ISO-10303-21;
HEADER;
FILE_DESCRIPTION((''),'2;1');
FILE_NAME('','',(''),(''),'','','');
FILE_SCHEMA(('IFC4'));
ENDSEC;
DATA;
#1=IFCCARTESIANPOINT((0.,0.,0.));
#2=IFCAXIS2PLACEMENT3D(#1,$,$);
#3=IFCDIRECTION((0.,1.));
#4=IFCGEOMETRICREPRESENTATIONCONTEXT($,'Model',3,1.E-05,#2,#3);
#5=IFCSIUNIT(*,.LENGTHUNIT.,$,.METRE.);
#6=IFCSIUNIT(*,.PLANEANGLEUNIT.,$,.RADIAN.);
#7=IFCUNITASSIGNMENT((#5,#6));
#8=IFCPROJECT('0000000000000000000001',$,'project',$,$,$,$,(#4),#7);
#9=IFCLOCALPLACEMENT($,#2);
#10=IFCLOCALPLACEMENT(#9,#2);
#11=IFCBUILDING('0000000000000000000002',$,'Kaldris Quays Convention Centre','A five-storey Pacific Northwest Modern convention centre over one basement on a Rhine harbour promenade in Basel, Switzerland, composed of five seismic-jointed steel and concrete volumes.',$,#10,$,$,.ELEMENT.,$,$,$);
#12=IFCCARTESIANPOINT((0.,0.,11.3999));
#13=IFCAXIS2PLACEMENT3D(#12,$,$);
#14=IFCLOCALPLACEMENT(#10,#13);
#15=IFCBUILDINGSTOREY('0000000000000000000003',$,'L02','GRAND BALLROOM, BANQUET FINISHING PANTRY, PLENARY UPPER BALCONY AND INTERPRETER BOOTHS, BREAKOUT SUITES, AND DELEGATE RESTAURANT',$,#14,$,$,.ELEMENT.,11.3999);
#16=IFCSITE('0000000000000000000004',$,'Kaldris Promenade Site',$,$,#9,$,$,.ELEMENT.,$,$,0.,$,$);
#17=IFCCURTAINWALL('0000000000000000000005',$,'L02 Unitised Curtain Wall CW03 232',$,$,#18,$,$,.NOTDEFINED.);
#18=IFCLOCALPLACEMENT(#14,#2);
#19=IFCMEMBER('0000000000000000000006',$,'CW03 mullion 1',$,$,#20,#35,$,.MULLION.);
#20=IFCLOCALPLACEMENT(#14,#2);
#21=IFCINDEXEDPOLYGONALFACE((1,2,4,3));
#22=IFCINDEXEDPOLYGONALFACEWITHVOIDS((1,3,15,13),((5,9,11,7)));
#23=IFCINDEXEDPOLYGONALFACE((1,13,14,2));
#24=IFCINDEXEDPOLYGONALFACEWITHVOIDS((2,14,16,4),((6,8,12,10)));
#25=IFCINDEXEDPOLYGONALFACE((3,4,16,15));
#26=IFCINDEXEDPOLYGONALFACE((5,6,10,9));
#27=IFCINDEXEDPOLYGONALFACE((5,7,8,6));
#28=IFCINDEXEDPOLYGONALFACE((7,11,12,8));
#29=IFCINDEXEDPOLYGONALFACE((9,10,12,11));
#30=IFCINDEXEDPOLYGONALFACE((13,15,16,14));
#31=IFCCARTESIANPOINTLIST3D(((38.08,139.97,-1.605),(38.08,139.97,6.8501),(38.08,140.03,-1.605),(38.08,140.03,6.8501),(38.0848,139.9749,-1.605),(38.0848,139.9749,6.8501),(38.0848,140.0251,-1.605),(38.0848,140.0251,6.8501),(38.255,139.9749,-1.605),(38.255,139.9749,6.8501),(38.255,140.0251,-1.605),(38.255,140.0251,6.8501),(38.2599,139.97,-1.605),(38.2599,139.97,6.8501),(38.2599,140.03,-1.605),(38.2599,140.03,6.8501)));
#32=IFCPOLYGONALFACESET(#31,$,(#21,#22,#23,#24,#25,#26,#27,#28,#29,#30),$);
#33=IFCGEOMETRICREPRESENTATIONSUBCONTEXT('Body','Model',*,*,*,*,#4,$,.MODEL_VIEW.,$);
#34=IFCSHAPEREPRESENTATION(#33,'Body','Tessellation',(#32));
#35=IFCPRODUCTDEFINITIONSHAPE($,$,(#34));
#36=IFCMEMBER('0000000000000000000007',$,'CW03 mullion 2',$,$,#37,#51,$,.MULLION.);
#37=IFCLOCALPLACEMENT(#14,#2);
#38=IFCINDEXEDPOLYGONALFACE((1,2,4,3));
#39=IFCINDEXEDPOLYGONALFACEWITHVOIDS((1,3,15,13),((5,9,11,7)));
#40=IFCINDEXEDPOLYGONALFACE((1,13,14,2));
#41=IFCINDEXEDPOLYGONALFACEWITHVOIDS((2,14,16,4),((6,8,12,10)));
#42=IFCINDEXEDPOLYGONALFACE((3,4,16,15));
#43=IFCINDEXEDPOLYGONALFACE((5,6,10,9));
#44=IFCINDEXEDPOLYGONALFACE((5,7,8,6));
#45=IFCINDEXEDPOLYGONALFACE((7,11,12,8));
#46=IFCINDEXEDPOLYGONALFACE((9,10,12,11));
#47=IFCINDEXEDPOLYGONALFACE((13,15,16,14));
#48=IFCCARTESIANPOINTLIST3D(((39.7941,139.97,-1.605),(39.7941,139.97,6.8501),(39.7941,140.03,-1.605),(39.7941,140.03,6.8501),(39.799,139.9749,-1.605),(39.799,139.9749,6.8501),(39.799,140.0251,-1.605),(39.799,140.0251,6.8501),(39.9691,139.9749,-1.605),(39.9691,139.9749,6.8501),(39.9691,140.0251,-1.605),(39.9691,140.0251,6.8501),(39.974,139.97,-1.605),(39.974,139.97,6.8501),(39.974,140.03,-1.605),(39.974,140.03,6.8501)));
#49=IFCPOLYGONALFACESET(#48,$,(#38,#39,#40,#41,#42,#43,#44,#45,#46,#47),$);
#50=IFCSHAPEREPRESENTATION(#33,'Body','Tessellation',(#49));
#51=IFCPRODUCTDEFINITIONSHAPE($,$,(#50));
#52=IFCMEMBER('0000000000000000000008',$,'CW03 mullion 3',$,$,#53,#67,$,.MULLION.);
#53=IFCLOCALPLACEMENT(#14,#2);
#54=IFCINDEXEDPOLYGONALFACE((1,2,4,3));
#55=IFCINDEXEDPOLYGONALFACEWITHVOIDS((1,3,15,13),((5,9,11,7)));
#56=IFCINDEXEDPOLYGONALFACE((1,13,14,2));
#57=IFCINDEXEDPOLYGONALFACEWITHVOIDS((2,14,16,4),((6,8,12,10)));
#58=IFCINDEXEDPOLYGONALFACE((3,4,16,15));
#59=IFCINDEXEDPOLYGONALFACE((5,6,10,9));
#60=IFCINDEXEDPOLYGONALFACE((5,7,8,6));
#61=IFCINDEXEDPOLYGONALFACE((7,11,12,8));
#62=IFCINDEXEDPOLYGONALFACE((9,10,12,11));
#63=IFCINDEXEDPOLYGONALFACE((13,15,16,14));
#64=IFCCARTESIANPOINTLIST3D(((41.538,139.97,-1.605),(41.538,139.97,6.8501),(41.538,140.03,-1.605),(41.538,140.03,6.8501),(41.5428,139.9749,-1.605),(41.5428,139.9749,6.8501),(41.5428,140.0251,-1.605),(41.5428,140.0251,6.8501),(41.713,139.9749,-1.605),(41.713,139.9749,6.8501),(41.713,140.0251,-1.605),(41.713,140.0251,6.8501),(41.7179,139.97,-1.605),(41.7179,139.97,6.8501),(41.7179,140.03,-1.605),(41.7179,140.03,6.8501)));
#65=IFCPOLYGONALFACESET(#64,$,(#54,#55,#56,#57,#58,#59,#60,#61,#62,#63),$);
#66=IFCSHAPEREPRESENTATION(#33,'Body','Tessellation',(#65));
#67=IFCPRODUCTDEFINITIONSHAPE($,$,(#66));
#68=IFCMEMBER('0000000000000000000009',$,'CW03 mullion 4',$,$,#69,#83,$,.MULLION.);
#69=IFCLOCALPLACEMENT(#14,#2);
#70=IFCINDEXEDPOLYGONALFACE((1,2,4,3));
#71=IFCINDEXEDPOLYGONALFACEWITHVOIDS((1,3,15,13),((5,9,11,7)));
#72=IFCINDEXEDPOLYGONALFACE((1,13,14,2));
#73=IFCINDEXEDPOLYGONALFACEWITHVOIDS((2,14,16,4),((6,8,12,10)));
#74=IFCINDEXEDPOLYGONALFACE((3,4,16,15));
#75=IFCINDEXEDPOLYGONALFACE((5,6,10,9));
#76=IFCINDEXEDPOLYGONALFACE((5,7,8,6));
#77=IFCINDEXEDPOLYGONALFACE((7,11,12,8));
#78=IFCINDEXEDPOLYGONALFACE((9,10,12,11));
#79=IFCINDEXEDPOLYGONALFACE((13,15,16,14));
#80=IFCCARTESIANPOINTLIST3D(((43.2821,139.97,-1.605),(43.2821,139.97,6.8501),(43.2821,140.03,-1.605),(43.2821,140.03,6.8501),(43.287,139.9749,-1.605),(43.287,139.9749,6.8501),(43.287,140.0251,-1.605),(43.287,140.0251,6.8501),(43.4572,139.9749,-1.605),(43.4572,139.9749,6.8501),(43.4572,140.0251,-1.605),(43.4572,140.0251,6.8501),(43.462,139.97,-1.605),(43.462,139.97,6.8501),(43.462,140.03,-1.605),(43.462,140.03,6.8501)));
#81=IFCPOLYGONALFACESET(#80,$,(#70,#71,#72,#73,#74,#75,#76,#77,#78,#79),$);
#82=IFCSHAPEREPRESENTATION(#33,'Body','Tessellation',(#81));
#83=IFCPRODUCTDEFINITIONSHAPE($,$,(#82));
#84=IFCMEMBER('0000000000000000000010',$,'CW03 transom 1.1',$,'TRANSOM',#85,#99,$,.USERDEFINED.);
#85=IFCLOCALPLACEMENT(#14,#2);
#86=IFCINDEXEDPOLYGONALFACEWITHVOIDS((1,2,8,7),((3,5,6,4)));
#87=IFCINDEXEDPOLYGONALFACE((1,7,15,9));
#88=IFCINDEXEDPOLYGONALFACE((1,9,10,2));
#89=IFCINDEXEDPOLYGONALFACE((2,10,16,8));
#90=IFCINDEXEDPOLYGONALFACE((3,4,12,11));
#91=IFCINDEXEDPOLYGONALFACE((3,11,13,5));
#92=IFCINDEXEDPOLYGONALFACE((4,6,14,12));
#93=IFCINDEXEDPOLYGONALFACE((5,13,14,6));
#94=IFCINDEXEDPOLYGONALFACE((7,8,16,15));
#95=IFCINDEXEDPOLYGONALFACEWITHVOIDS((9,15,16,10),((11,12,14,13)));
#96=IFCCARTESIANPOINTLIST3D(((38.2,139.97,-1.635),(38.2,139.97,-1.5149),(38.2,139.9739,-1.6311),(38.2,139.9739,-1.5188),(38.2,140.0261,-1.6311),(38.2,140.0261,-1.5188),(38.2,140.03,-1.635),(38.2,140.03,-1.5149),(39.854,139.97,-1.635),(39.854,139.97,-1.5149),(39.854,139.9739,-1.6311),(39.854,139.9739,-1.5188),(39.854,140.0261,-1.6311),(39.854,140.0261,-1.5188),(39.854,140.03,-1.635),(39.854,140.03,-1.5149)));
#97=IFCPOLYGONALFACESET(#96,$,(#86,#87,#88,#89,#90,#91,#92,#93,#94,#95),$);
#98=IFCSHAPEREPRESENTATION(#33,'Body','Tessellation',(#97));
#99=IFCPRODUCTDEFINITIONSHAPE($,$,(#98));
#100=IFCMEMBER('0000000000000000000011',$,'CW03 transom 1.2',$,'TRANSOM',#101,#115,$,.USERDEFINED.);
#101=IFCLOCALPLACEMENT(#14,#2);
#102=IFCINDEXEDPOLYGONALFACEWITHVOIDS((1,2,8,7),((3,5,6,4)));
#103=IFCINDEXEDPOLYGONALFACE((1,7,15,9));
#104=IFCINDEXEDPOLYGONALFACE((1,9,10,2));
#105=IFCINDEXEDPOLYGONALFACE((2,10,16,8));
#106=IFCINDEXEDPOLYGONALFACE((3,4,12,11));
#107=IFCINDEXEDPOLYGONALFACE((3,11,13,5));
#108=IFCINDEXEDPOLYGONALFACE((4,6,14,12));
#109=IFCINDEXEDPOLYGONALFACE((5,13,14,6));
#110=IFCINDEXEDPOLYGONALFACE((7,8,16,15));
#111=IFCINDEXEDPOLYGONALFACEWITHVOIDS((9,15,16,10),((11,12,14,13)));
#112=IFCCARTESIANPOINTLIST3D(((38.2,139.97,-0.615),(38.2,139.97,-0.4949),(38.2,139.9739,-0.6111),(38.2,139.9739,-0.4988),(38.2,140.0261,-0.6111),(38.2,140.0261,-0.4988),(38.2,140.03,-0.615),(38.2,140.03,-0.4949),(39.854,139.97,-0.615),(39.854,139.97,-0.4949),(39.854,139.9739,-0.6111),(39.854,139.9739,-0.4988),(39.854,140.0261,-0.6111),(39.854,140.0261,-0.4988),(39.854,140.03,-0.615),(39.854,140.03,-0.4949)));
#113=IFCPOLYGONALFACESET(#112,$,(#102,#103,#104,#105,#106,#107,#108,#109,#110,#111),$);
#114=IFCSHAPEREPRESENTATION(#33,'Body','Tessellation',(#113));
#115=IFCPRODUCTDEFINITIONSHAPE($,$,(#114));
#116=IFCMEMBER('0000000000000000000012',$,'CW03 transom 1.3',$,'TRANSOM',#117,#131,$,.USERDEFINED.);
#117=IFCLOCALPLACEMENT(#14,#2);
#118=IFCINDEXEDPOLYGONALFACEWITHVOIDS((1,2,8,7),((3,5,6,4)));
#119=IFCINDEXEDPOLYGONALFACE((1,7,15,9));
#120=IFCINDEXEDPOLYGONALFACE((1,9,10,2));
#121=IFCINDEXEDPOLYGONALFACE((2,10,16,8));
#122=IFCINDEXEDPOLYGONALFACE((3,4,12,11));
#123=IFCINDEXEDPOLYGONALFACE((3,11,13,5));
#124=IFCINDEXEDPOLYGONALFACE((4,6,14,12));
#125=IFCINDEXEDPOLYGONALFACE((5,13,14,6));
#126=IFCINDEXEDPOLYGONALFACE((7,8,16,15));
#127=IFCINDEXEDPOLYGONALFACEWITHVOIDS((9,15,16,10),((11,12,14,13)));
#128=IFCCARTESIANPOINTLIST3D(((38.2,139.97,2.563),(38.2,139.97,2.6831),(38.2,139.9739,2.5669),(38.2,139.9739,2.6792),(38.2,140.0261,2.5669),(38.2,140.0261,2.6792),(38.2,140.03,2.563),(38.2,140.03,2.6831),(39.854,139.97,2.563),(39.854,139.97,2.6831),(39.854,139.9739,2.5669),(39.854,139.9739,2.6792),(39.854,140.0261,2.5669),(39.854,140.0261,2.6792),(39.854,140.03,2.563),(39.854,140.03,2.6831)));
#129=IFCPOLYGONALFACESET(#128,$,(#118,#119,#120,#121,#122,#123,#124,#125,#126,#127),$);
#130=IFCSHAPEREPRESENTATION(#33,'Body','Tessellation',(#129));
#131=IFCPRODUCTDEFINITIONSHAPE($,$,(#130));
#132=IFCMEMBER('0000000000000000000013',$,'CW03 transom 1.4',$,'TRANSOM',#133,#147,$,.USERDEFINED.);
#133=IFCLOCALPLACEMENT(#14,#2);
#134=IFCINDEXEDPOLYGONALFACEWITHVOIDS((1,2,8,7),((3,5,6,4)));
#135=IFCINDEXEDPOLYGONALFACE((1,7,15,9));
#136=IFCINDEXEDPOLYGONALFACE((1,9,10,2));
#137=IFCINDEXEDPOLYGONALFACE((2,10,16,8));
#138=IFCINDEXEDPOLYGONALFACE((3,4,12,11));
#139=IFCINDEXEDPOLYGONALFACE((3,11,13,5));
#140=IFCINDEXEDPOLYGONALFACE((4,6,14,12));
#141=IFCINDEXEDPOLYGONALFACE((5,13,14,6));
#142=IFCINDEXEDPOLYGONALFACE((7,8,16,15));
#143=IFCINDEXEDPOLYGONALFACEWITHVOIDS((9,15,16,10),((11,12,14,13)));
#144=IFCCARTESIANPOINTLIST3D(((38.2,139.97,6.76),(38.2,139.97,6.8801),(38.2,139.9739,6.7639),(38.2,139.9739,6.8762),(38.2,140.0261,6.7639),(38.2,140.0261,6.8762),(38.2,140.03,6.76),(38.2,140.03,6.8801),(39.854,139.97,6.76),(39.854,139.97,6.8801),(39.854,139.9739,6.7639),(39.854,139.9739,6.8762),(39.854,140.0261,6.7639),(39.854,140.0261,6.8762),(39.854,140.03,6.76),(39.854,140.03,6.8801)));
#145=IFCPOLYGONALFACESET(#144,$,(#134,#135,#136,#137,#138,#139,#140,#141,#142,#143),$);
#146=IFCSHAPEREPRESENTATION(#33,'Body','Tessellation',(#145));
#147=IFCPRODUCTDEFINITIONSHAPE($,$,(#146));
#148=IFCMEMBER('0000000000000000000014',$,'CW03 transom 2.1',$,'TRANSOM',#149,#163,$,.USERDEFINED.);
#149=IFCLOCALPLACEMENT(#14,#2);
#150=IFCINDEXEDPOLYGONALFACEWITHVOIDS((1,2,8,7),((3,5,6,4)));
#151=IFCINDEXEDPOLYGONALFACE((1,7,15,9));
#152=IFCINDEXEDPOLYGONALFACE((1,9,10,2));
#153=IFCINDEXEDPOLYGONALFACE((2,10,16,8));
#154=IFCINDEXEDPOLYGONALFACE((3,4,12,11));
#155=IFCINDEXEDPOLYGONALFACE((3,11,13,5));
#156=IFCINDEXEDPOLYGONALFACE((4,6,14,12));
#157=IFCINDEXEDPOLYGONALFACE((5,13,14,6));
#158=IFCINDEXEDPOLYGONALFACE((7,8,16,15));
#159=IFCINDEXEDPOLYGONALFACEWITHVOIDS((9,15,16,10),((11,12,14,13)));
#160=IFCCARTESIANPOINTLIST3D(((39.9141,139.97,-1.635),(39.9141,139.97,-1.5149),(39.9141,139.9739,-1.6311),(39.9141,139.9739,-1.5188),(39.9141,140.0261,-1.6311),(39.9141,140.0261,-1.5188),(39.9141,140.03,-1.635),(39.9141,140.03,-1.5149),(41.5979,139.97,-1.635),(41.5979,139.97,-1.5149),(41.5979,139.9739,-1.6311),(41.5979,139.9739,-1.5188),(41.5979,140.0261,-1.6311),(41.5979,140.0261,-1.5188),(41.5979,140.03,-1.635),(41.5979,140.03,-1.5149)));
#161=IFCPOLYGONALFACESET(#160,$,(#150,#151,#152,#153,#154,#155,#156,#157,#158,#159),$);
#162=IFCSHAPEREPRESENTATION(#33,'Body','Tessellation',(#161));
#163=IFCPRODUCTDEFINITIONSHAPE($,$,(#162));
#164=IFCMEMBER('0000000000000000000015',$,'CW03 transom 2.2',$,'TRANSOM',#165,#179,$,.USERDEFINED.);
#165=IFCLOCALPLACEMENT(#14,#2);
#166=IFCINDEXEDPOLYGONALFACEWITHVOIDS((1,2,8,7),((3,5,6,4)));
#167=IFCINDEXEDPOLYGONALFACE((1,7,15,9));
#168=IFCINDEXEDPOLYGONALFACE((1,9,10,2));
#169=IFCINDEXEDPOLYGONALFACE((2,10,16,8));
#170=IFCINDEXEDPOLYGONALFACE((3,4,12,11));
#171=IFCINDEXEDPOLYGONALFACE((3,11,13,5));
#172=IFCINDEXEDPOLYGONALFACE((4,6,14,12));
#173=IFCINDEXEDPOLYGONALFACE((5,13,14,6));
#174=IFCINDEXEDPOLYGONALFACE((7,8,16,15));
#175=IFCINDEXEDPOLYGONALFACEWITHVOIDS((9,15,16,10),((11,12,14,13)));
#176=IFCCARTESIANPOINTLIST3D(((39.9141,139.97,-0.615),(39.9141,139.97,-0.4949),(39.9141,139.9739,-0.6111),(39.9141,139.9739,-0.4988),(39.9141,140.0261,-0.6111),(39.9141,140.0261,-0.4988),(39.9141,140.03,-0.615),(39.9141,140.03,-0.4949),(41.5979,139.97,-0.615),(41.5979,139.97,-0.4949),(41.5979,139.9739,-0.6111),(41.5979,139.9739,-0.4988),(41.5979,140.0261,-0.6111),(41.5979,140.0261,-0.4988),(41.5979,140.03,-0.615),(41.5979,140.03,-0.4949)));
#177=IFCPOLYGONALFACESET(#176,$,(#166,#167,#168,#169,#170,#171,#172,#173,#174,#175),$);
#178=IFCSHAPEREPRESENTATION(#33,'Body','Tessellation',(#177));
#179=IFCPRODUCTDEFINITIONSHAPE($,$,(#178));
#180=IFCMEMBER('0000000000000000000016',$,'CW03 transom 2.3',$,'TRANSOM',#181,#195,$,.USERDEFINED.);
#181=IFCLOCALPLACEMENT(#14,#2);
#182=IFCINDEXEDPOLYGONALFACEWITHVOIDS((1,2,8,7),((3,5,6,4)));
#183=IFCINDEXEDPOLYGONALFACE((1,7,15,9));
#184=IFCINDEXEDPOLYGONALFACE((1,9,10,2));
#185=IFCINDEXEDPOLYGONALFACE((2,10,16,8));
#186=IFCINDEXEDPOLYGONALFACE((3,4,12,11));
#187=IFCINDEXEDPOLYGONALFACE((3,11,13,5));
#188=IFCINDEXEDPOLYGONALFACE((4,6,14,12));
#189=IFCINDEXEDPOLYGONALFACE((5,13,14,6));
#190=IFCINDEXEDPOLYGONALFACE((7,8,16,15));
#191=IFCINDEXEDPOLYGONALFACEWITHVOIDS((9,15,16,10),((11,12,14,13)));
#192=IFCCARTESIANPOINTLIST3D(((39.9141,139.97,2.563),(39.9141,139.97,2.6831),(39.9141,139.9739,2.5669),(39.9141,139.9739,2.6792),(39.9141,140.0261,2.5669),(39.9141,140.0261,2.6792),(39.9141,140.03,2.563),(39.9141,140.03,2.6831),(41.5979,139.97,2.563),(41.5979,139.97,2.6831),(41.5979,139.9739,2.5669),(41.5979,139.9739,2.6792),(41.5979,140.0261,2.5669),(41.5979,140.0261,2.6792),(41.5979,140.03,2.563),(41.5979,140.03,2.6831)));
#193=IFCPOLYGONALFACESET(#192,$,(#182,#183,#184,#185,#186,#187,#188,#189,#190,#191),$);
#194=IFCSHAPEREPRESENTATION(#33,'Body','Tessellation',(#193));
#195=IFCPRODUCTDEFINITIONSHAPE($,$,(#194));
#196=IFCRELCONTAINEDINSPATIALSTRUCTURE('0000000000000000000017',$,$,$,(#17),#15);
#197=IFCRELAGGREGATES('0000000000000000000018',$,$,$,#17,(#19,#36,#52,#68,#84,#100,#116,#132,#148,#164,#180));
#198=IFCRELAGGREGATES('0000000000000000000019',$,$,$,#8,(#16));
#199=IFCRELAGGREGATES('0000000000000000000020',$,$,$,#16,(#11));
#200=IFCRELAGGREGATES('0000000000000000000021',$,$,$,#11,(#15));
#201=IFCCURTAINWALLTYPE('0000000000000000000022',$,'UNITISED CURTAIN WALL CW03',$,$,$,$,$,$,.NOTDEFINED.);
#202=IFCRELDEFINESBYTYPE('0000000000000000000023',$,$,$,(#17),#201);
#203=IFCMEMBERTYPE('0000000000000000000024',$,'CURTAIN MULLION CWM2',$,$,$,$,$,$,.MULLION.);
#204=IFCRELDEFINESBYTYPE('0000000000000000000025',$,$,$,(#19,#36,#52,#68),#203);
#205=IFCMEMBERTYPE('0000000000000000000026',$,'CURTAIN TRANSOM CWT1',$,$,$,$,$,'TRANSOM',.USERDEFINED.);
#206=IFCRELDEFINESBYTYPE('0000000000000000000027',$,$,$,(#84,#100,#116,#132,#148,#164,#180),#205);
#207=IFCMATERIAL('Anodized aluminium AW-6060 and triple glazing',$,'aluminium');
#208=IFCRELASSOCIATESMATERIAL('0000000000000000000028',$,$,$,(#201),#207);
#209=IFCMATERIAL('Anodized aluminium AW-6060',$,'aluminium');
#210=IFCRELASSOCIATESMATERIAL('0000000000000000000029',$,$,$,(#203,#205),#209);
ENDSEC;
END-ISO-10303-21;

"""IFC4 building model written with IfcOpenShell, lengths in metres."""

from ifc_helpers import new_model, si_unit, direction, frame, origin, origin_2d, place, context, subcontext, project, spatial, hollow_rectangle, extrude, material, material_profile, profile_set, type_object, element, aggregate, save


model = new_model("IFC4")

# Units and contexts
model_context = context("Model", 3, precision=1e-05, world=origin(), true_north=direction((0.0, 1.0)))
body_context = subcontext(model_context, "Body", "Model", "MODEL_VIEW")
ifc_project = project(units=[si_unit("LENGTHUNIT", "METRE"), si_unit("PLANEANGLEUNIT", "RADIAN")], contexts=[model_context])

# Site, building, storey
site_placement = place(None, origin())
site = spatial("IfcSite", under=ifc_project, at=site_placement, Name="Kaldris Promenade Site", CompositionType="ELEMENT", RefElevation=0.0)
building_placement = place(site_placement, origin())
building = spatial("IfcBuilding", under=site, at=building_placement, Name="Kaldris Quays Convention Centre", Description="A five-storey Pacific Northwest Modern convention centre over one basement on a Rhine harbour promenade in Basel, Switzerland, composed of five seismic-jointed steel and concrete volumes.", CompositionType="ELEMENT")
storey_placement = place(building_placement, frame((0.0, 0.0, 11.3999)))
storey = spatial("IfcBuildingStorey", under=building, at=storey_placement, Name="L02", Description="GRAND BALLROOM, BANQUET FINISHING PANTRY, PLENARY UPPER BALCONY AND INTERPRETER BOOTHS, BREAKOUT SUITES, AND DELEGATE RESTAURANT", CompositionType="ELEMENT", Elevation=11.3999)

# Curtain wall, members
ifc_material_1 = material(Name="Anodized aluminium AW-6060 and triple glazing", Category="aluminium")
curtain_wall_type = type_object("IfcCurtainWallType", Name="UNITISED CURTAIN WALL CW03", PredefinedType="NOTDEFINED", material=ifc_material_1)
curtain_wall_placement = place(storey_placement, origin())
curtain_wall = element("IfcCurtainWall", 1, at=curtain_wall_placement, inside=storey, type_object=curtain_wall_type, Name="L02 Unitised Curtain Wall CW03 232", PredefinedType="NOTDEFINED")
ifc_material_2 = material(Name="Anodized aluminium AW-6060", Category="aluminium")
ifc_material_profile_1 = material_profile(ifc_material_2, hollow_rectangle(XDim=0.0601, YDim=0.1799, WallThickness=0.0049, at=origin_2d()), Name="RHS 180x60x5")
ifc_profile_set_1 = profile_set([ifc_material_profile_1], Name="Anodized aluminium AW-6060")
member_type_1 = type_object("IfcMemberType", Name="CURTAIN MULLION CWM2", PredefinedType="MULLION", material=ifc_profile_set_1)
member_1_placement = place(storey_placement, frame((38.1699, 140.0, -1.605), z_axis=(0.0, 0.0, 1.0), x_axis=(0.0, 1.0, 0.0)))
member_1 = element("IfcMember", 2, at=member_1_placement, type_object=member_type_1, Name="CW03 mullion 1", PredefinedType="MULLION", context=body_context, shape_type="SweptSolid", body=[
    extrude(hollow_rectangle(XDim=0.0601, YDim=0.1799, WallThickness=0.0049, at=origin_2d()), origin(), (0.0, 0.0, 1.0), 8.4551),
])
member_2_placement = place(storey_placement, frame((39.884, 140.0, -1.605), z_axis=(0.0, 0.0, 1.0), x_axis=(0.0, 1.0, 0.0)))
member_2 = element("IfcMember", 3, at=member_2_placement, type_object=member_type_1, Name="CW03 mullion 2", PredefinedType="MULLION", context=body_context, shape_type="SweptSolid", body=[
    extrude(hollow_rectangle(XDim=0.0601, YDim=0.1799, WallThickness=0.0049, at=origin_2d()), origin(), (0.0, 0.0, 1.0), 8.4551),
])
member_3_placement = place(storey_placement, frame((41.6279, 140.0, -1.605), z_axis=(0.0, 0.0, 1.0), x_axis=(0.0, 1.0, 0.0)))
member_3 = element("IfcMember", 4, at=member_3_placement, type_object=member_type_1, Name="CW03 mullion 3", PredefinedType="MULLION", context=body_context, shape_type="SweptSolid", body=[
    extrude(hollow_rectangle(XDim=0.0601, YDim=0.1799, WallThickness=0.0049, at=origin_2d()), origin(), (0.0, 0.0, 1.0), 8.4551),
])
member_4_placement = place(storey_placement, frame((43.3721, 140.0, -1.605), z_axis=(0.0, 0.0, 1.0), x_axis=(0.0, 1.0, 0.0)))
member_4 = element("IfcMember", 5, at=member_4_placement, type_object=member_type_1, Name="CW03 mullion 4", PredefinedType="MULLION", context=body_context, shape_type="SweptSolid", body=[
    extrude(hollow_rectangle(XDim=0.0601, YDim=0.1799, WallThickness=0.0049, at=origin_2d()), origin(), (0.0, 0.0, 1.0), 8.4551),
])
ifc_material_profile_2 = material_profile(ifc_material_2, hollow_rectangle(XDim=0.0601, YDim=0.1201, WallThickness=0.0039, at=origin_2d()), Name="RHS 120x60x4")
ifc_profile_set_2 = profile_set([ifc_material_profile_2], Name="Anodized aluminium AW-6060")
member_type_2 = type_object("IfcMemberType", Name="CURTAIN TRANSOM CWT1", ElementType="TRANSOM", PredefinedType="USERDEFINED", material=ifc_profile_set_2)
member_5_placement = place(storey_placement, frame((38.2, 140.0, -1.575), z_axis=(1.0, 0.0, 0.0), x_axis=(0.0, 1.0, 0.0)))
member_5 = element("IfcMember", 6, at=member_5_placement, type_object=member_type_2, Name="CW03 transom 1.1", ObjectType="TRANSOM", PredefinedType="USERDEFINED", context=body_context, shape_type="SweptSolid", body=[
    extrude(hollow_rectangle(XDim=0.0601, YDim=0.1201, WallThickness=0.0039, at=origin_2d()), origin(), (0.0, 0.0, 1.0), 1.6541),
])
member_6_placement = place(storey_placement, frame((38.2, 140.0, -0.5549), z_axis=(1.0, 0.0, 0.0), x_axis=(0.0, 1.0, 0.0)))
member_6 = element("IfcMember", 7, at=member_6_placement, type_object=member_type_2, Name="CW03 transom 1.2", ObjectType="TRANSOM", PredefinedType="USERDEFINED", context=body_context, shape_type="SweptSolid", body=[
    extrude(hollow_rectangle(XDim=0.0601, YDim=0.1201, WallThickness=0.0039, at=origin_2d()), origin(), (0.0, 0.0, 1.0), 1.6541),
])
member_7_placement = place(storey_placement, frame((38.2, 140.0, 2.623), z_axis=(1.0, 0.0, 0.0), x_axis=(0.0, 1.0, 0.0)))
member_7 = element("IfcMember", 8, at=member_7_placement, type_object=member_type_2, Name="CW03 transom 1.3", ObjectType="TRANSOM", PredefinedType="USERDEFINED", context=body_context, shape_type="SweptSolid", body=[
    extrude(hollow_rectangle(XDim=0.0601, YDim=0.1201, WallThickness=0.0039, at=origin_2d()), origin(), (0.0, 0.0, 1.0), 1.6541),
])
member_8_placement = place(storey_placement, frame((38.2, 140.0, 6.8201), z_axis=(1.0, 0.0, 0.0), x_axis=(0.0, 1.0, 0.0)))
member_8 = element("IfcMember", 9, at=member_8_placement, type_object=member_type_2, Name="CW03 transom 1.4", ObjectType="TRANSOM", PredefinedType="USERDEFINED", context=body_context, shape_type="SweptSolid", body=[
    extrude(hollow_rectangle(XDim=0.0601, YDim=0.1201, WallThickness=0.0039, at=origin_2d()), origin(), (0.0, 0.0, 1.0), 1.6541),
])
member_9_placement = place(storey_placement, frame((39.9141, 140.0, -1.575), z_axis=(1.0, 0.0, 0.0), x_axis=(0.0, 1.0, 0.0)))
member_9 = element("IfcMember", 10, at=member_9_placement, type_object=member_type_2, Name="CW03 transom 2.1", ObjectType="TRANSOM", PredefinedType="USERDEFINED", context=body_context, shape_type="SweptSolid", body=[
    extrude(hollow_rectangle(XDim=0.0601, YDim=0.1201, WallThickness=0.0039, at=origin_2d()), origin(), (0.0, 0.0, 1.0), 1.6838),
])
member_10_placement = place(storey_placement, frame((39.9141, 140.0, -0.5549), z_axis=(1.0, 0.0, 0.0), x_axis=(0.0, 1.0, 0.0)))
member_10 = element("IfcMember", 11, at=member_10_placement, type_object=member_type_2, Name="CW03 transom 2.2", ObjectType="TRANSOM", PredefinedType="USERDEFINED", context=body_context, shape_type="SweptSolid", body=[
    extrude(hollow_rectangle(XDim=0.0601, YDim=0.1201, WallThickness=0.0039, at=origin_2d()), origin(), (0.0, 0.0, 1.0), 1.6838),
])
member_11_placement = place(storey_placement, frame((39.9141, 140.0, 2.623), z_axis=(1.0, 0.0, 0.0), x_axis=(0.0, 1.0, 0.0)))
member_11 = element("IfcMember", 12, at=member_11_placement, type_object=member_type_2, Name="CW03 transom 2.3", ObjectType="TRANSOM", PredefinedType="USERDEFINED", context=body_context, shape_type="SweptSolid", body=[
    extrude(hollow_rectangle(XDim=0.0601, YDim=0.1201, WallThickness=0.0039, at=origin_2d()), origin(), (0.0, 0.0, 1.0), 1.6838),
])

aggregate(curtain_wall, [member_1, member_2, member_3, member_4, member_5, member_6, member_7, member_8, member_9, member_10, member_11])

save(model, "model.ifc")
